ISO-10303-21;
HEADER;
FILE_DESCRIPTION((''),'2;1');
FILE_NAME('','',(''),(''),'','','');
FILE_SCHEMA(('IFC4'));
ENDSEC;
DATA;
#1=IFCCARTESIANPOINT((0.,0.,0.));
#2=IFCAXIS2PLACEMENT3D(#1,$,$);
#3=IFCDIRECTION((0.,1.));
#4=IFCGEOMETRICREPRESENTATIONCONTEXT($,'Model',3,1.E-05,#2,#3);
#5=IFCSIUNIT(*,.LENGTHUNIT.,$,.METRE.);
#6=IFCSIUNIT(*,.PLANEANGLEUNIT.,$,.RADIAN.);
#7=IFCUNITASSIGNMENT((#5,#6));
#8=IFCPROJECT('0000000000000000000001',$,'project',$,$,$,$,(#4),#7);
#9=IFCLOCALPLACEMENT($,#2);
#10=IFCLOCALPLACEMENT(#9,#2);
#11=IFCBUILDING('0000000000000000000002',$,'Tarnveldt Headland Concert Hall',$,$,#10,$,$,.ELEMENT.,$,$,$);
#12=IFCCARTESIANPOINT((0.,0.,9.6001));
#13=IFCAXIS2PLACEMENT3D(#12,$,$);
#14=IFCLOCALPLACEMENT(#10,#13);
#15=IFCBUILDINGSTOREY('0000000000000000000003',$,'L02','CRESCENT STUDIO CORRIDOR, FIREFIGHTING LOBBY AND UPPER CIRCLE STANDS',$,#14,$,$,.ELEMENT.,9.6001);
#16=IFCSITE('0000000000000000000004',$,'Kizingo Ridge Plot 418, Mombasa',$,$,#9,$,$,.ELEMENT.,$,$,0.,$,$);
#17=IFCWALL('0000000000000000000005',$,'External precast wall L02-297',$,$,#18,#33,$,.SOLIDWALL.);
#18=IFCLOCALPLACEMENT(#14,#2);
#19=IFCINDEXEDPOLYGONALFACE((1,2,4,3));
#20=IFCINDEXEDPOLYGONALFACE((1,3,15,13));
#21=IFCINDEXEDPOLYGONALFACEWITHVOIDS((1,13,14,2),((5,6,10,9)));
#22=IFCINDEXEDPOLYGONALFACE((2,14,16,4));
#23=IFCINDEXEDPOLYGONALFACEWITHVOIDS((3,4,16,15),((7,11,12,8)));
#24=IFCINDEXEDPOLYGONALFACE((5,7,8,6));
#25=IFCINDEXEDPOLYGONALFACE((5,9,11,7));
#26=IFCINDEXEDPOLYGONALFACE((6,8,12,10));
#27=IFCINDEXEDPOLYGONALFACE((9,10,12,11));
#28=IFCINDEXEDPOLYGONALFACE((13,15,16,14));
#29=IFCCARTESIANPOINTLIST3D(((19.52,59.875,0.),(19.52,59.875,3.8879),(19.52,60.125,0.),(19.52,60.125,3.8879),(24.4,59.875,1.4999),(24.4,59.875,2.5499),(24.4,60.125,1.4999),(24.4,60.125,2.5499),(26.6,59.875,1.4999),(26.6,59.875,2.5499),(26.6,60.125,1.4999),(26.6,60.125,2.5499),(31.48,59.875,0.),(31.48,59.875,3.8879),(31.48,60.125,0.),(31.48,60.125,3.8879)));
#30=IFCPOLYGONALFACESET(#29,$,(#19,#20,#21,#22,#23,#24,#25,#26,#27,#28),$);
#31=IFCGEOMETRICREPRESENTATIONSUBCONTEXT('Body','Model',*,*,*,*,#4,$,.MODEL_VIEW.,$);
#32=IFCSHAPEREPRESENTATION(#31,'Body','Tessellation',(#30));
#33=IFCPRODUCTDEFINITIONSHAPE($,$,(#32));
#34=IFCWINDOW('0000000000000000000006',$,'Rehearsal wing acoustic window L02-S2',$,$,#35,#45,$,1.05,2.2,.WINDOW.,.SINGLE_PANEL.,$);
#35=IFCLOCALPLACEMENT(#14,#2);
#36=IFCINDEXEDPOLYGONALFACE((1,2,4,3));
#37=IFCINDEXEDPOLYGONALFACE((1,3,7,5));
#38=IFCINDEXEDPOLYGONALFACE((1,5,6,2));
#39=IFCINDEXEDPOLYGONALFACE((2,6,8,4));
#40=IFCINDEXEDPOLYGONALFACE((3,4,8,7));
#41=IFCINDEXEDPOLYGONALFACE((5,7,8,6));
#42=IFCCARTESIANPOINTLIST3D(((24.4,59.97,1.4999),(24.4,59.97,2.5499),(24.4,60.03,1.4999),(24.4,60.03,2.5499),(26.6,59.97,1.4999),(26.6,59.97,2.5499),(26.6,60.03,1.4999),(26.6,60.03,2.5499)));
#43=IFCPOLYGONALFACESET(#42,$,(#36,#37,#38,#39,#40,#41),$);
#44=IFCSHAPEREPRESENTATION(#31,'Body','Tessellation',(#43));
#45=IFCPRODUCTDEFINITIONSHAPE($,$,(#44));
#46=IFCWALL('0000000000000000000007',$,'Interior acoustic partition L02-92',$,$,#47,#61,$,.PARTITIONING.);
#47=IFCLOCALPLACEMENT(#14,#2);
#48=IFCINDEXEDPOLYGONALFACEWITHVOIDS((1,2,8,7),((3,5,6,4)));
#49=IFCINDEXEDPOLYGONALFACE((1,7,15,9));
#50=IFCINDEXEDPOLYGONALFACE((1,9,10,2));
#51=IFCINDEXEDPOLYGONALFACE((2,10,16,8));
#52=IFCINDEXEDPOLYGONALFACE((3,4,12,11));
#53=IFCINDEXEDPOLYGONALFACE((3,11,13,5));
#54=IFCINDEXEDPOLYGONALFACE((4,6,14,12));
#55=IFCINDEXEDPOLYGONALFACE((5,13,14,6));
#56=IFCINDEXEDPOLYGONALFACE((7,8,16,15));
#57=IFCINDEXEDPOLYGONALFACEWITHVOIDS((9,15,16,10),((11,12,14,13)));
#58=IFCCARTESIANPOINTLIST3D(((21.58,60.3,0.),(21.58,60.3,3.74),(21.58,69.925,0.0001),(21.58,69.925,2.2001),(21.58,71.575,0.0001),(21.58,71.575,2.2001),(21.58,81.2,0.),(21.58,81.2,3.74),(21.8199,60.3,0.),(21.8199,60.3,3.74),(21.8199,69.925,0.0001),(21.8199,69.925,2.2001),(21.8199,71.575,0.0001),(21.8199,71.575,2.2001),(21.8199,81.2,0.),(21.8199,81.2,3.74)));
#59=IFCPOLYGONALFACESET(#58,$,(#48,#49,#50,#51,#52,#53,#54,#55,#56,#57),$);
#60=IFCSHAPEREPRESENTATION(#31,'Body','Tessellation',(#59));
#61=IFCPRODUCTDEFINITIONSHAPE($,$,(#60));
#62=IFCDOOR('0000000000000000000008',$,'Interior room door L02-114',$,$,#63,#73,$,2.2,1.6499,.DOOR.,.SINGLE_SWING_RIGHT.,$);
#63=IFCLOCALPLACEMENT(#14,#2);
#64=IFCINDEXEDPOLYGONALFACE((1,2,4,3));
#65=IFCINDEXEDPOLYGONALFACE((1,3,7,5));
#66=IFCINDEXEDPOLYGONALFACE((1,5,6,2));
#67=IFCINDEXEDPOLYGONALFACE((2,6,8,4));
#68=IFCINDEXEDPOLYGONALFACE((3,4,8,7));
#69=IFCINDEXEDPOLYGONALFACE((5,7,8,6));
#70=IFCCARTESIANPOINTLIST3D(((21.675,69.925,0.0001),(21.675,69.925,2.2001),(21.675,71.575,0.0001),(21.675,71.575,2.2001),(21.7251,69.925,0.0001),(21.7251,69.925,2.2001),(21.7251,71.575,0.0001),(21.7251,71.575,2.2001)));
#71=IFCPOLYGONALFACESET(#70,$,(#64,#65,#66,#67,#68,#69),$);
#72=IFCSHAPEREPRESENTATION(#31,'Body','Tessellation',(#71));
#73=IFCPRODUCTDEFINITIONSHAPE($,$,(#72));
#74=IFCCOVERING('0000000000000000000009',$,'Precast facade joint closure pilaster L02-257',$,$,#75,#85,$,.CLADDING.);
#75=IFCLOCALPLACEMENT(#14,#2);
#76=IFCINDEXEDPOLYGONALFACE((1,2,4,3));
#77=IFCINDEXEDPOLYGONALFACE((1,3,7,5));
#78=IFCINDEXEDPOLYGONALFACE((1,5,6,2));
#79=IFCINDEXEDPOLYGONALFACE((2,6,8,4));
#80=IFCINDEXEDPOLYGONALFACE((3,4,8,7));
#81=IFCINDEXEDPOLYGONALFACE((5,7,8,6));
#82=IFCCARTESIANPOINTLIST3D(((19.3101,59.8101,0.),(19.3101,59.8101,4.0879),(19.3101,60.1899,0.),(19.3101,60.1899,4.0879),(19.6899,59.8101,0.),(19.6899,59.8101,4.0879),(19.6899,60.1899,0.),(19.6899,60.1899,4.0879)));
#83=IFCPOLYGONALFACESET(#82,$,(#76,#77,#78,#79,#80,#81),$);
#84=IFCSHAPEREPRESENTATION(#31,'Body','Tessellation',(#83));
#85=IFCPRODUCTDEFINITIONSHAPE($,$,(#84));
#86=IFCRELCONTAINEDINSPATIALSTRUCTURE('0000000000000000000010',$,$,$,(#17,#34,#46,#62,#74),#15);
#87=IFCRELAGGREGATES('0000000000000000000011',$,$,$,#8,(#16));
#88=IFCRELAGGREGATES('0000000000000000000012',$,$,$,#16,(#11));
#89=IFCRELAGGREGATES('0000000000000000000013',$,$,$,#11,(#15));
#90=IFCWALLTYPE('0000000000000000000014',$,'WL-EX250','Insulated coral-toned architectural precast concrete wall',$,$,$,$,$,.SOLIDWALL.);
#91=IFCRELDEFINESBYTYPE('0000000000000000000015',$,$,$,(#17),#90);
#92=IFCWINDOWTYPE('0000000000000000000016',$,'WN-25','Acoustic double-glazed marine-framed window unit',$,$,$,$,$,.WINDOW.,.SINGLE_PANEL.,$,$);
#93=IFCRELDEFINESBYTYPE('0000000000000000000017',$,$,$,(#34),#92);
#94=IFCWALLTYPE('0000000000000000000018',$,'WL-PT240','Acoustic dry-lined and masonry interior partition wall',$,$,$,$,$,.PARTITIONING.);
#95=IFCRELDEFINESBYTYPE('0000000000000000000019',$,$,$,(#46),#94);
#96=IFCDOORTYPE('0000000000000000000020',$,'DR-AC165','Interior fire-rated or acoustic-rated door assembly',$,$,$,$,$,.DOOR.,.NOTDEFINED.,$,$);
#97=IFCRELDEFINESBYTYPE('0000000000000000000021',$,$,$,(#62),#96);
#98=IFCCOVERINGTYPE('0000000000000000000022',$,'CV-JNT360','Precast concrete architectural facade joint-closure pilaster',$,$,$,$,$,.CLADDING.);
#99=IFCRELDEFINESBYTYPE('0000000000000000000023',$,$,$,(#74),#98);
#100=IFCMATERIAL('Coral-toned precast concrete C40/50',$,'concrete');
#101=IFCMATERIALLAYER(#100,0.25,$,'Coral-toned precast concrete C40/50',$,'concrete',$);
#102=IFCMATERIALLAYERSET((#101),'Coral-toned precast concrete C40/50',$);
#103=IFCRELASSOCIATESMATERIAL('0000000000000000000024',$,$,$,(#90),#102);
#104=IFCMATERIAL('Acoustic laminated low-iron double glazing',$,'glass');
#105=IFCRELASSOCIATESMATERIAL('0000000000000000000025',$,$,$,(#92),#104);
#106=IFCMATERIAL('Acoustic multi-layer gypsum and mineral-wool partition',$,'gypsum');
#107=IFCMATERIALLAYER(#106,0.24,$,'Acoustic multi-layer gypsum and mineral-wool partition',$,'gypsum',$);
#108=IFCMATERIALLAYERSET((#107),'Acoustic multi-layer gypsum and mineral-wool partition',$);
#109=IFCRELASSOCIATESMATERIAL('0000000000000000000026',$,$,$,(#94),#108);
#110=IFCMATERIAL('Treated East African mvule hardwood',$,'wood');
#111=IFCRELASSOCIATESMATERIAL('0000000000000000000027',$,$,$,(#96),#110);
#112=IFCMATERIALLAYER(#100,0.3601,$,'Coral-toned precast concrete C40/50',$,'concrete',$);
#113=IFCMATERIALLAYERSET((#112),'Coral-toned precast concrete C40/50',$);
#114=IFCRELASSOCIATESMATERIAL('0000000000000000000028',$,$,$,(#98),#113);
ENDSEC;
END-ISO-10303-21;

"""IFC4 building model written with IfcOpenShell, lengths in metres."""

from ifc_helpers import new_model, si_unit, direction, frame, frame_2d, origin, origin_2d, place, context, subcontext, project, spatial, rectangle, extrude, material, layer, layer_set, type_object, element, fill, save


model = new_model("IFC4")

# Units and contexts
model_context = context("Model", 3, precision=1e-05, world=origin(), true_north=direction((0.0, 1.0)))
body_context = subcontext(model_context, "Body", "Model", "MODEL_VIEW")
ifc_project = project(units=[si_unit("LENGTHUNIT", "METRE"), si_unit("PLANEANGLEUNIT", "RADIAN")], contexts=[model_context])

# Site, building, storey
site_placement = place(None, origin())
site = spatial("IfcSite", under=ifc_project, at=site_placement, Name="Kizingo Ridge Plot 418, Mombasa", CompositionType="ELEMENT", RefElevation=0.0)
building_placement = place(site_placement, origin())
building = spatial("IfcBuilding", under=site, at=building_placement, Name="Tarnveldt Headland Concert Hall", CompositionType="ELEMENT")
storey_placement = place(building_placement, frame((0.0, 0.0, 9.6001)))
storey = spatial("IfcBuildingStorey", under=building, at=storey_placement, Name="L02", Description="CRESCENT STUDIO CORRIDOR, FIREFIGHTING LOBBY AND UPPER CIRCLE STANDS", CompositionType="ELEMENT", Elevation=9.6001)

# Wall, opening, window
ifc_material_1 = material(Name="Coral-toned precast concrete C40/50", Category="concrete")
ifc_layer_1 = layer(ifc_material_1, 0.25, Name="Coral-toned precast concrete C40/50", Category="concrete")
ifc_layer_set_1 = layer_set([ifc_layer_1], Name="Coral-toned precast concrete C40/50")
wall_type_1 = type_object("IfcWallType", Name="WL-EX250", Description="Insulated coral-toned architectural precast concrete wall", PredefinedType="SOLIDWALL", material=ifc_layer_set_1)
ifc_material_2 = material(Name="Acoustic laminated low-iron double glazing", Category="glass")
wall_1_placement = place(storey_placement, frame((31.48, 60.0, 0.0), z_axis=(0.0, 0.0, 1.0), x_axis=(-1.0, 0.0, 0.0)))
wall_1 = element("IfcWall", 1, at=wall_1_placement, inside=storey, type_object=wall_type_1, Name="External precast wall L02-297", PredefinedType="SOLIDWALL", context=body_context, shape_type="SweptSolid", body=[
    extrude(rectangle(XDim=11.96, YDim=0.25, at=frame_2d((5.98, 0.0))), origin(), (0.0, 0.0, 1.0), 3.8879),
])
opening_1_placement = place(wall_1_placement, frame((4.8799, 0.0, 1.5)))
opening_1 = element("IfcOpeningElement", 2, at=opening_1_placement, cuts=wall_1, PredefinedType="OPENING", context=body_context, shape_type="SweptSolid", body=[
    extrude(rectangle(XDim=2.2, YDim=1.05, at=frame_2d((1.1001, 0.5249))), frame((0.0, 0.135, 0.0), z_axis=(0.0, -1.0, 0.0), x_axis=(1.0, 0.0, 0.0)), (0.0, 0.0, 1.0), 0.27),
])
window_type_1 = type_object("IfcWindowType", Name="WN-25", Description="Acoustic double-glazed marine-framed window unit", PartitioningType="SINGLE_PANEL", PredefinedType="WINDOW", material=ifc_material_2)
window_1_placement = place(opening_1_placement, origin())
window_1 = element("IfcWindow", 3, at=window_1_placement, inside=storey, type_object=window_type_1, Name="Rehearsal wing acoustic window L02-S2", OverallHeight=1.05, OverallWidth=2.2, PartitioningType="SINGLE_PANEL", PredefinedType="WINDOW", context=body_context, shape_type="SweptSolid", body=[
    extrude(rectangle(XDim=2.2, YDim=1.05, at=frame_2d((1.1001, 0.5249))), frame((0.0, 0.03, 0.0), z_axis=(0.0, -1.0, 0.0), x_axis=(1.0, 0.0, 0.0)), (0.0, 0.0, 1.0), 0.0601),
])
fill(opening_1, window_1)

# Wall, opening, door
ifc_material_3 = material(Name="Acoustic multi-layer gypsum and mineral-wool partition", Category="gypsum")
ifc_layer_2 = layer(ifc_material_3, 0.24, Name="Acoustic multi-layer gypsum and mineral-wool partition", Category="gypsum")
ifc_layer_set_2 = layer_set([ifc_layer_2], Name="Acoustic multi-layer gypsum and mineral-wool partition")
wall_type_2 = type_object("IfcWallType", Name="WL-PT240", Description="Acoustic dry-lined and masonry interior partition wall", PredefinedType="PARTITIONING", material=ifc_layer_set_2)
wall_2_placement = place(storey_placement, frame((21.7, 60.3, 0.0), z_axis=(0.0, 0.0, 1.0), x_axis=(0.0, 1.0, 0.0)))
wall_2 = element("IfcWall", 4, at=wall_2_placement, inside=storey, type_object=wall_type_2, Name="Interior acoustic partition L02-92", PredefinedType="PARTITIONING", context=body_context, shape_type="SweptSolid", body=[
    extrude(rectangle(XDim=20.8999, YDim=0.24, at=frame_2d((10.45, 0.0))), origin(), (0.0, 0.0, 1.0), 3.74),
])
opening_2_placement = place(wall_2_placement, frame((9.625, 0.0, 0.0)))
opening_2 = element("IfcOpeningElement", 5, at=opening_2_placement, cuts=wall_2, PredefinedType="OPENING", context=body_context, shape_type="SweptSolid", body=[
    extrude(rectangle(XDim=1.6499, YDim=2.2, at=frame_2d((0.825, 1.1001))), frame((0.0, 0.1299, 0.0), z_axis=(0.0, -1.0, 0.0), x_axis=(1.0, 0.0, 0.0)), (0.0, 0.0, 1.0), 0.26),
])
ifc_material_4 = material(Name="Treated East African mvule hardwood", Category="wood")
door_type = type_object("IfcDoorType", Name="DR-AC165", Description="Interior fire-rated or acoustic-rated door assembly", OperationType="NOTDEFINED", PredefinedType="DOOR", material=ifc_material_4)
door_placement = place(opening_2_placement, origin())
door = element("IfcDoor", 6, at=door_placement, inside=storey, type_object=door_type, Name="Interior room door L02-114", OperationType="SINGLE_SWING_RIGHT", OverallHeight=2.2, OverallWidth=1.6499, PredefinedType="DOOR", context=body_context, shape_type="SweptSolid", body=[
    extrude(rectangle(XDim=1.6499, YDim=2.2, at=frame_2d((0.825, 1.1001))), frame((0.0, 0.0249, 0.0), z_axis=(0.0, -1.0, 0.0), x_axis=(1.0, 0.0, 0.0)), (0.0, 0.0, 1.0), 0.05),
])
fill(opening_2, door)

# Covering
ifc_layer_3 = layer(ifc_material_1, 0.3601, Name="Coral-toned precast concrete C40/50", Category="concrete")
ifc_layer_set_3 = layer_set([ifc_layer_3], Name="Coral-toned precast concrete C40/50")
covering_type = type_object("IfcCoveringType", Name="CV-JNT360", Description="Precast concrete architectural facade joint-closure pilaster", PredefinedType="CLADDING", material=ifc_layer_set_3)
covering_placement = place(storey_placement, frame((19.5, 60.0, 0.0), z_axis=(0.0, 0.0, 1.0), x_axis=(-1.0, 0.0, 0.0)))
element("IfcCovering", 7, at=covering_placement, inside=storey, type_object=covering_type, Name="Precast facade joint closure pilaster L02-257", PredefinedType="CLADDING", context=body_context, shape_type="SweptSolid", body=[
    extrude(rectangle(XDim=0.3799, YDim=0.3799, at=origin_2d()), origin(), (0.0, 0.0, 1.0), 4.0879),
])

save(model, "model.ifc")
